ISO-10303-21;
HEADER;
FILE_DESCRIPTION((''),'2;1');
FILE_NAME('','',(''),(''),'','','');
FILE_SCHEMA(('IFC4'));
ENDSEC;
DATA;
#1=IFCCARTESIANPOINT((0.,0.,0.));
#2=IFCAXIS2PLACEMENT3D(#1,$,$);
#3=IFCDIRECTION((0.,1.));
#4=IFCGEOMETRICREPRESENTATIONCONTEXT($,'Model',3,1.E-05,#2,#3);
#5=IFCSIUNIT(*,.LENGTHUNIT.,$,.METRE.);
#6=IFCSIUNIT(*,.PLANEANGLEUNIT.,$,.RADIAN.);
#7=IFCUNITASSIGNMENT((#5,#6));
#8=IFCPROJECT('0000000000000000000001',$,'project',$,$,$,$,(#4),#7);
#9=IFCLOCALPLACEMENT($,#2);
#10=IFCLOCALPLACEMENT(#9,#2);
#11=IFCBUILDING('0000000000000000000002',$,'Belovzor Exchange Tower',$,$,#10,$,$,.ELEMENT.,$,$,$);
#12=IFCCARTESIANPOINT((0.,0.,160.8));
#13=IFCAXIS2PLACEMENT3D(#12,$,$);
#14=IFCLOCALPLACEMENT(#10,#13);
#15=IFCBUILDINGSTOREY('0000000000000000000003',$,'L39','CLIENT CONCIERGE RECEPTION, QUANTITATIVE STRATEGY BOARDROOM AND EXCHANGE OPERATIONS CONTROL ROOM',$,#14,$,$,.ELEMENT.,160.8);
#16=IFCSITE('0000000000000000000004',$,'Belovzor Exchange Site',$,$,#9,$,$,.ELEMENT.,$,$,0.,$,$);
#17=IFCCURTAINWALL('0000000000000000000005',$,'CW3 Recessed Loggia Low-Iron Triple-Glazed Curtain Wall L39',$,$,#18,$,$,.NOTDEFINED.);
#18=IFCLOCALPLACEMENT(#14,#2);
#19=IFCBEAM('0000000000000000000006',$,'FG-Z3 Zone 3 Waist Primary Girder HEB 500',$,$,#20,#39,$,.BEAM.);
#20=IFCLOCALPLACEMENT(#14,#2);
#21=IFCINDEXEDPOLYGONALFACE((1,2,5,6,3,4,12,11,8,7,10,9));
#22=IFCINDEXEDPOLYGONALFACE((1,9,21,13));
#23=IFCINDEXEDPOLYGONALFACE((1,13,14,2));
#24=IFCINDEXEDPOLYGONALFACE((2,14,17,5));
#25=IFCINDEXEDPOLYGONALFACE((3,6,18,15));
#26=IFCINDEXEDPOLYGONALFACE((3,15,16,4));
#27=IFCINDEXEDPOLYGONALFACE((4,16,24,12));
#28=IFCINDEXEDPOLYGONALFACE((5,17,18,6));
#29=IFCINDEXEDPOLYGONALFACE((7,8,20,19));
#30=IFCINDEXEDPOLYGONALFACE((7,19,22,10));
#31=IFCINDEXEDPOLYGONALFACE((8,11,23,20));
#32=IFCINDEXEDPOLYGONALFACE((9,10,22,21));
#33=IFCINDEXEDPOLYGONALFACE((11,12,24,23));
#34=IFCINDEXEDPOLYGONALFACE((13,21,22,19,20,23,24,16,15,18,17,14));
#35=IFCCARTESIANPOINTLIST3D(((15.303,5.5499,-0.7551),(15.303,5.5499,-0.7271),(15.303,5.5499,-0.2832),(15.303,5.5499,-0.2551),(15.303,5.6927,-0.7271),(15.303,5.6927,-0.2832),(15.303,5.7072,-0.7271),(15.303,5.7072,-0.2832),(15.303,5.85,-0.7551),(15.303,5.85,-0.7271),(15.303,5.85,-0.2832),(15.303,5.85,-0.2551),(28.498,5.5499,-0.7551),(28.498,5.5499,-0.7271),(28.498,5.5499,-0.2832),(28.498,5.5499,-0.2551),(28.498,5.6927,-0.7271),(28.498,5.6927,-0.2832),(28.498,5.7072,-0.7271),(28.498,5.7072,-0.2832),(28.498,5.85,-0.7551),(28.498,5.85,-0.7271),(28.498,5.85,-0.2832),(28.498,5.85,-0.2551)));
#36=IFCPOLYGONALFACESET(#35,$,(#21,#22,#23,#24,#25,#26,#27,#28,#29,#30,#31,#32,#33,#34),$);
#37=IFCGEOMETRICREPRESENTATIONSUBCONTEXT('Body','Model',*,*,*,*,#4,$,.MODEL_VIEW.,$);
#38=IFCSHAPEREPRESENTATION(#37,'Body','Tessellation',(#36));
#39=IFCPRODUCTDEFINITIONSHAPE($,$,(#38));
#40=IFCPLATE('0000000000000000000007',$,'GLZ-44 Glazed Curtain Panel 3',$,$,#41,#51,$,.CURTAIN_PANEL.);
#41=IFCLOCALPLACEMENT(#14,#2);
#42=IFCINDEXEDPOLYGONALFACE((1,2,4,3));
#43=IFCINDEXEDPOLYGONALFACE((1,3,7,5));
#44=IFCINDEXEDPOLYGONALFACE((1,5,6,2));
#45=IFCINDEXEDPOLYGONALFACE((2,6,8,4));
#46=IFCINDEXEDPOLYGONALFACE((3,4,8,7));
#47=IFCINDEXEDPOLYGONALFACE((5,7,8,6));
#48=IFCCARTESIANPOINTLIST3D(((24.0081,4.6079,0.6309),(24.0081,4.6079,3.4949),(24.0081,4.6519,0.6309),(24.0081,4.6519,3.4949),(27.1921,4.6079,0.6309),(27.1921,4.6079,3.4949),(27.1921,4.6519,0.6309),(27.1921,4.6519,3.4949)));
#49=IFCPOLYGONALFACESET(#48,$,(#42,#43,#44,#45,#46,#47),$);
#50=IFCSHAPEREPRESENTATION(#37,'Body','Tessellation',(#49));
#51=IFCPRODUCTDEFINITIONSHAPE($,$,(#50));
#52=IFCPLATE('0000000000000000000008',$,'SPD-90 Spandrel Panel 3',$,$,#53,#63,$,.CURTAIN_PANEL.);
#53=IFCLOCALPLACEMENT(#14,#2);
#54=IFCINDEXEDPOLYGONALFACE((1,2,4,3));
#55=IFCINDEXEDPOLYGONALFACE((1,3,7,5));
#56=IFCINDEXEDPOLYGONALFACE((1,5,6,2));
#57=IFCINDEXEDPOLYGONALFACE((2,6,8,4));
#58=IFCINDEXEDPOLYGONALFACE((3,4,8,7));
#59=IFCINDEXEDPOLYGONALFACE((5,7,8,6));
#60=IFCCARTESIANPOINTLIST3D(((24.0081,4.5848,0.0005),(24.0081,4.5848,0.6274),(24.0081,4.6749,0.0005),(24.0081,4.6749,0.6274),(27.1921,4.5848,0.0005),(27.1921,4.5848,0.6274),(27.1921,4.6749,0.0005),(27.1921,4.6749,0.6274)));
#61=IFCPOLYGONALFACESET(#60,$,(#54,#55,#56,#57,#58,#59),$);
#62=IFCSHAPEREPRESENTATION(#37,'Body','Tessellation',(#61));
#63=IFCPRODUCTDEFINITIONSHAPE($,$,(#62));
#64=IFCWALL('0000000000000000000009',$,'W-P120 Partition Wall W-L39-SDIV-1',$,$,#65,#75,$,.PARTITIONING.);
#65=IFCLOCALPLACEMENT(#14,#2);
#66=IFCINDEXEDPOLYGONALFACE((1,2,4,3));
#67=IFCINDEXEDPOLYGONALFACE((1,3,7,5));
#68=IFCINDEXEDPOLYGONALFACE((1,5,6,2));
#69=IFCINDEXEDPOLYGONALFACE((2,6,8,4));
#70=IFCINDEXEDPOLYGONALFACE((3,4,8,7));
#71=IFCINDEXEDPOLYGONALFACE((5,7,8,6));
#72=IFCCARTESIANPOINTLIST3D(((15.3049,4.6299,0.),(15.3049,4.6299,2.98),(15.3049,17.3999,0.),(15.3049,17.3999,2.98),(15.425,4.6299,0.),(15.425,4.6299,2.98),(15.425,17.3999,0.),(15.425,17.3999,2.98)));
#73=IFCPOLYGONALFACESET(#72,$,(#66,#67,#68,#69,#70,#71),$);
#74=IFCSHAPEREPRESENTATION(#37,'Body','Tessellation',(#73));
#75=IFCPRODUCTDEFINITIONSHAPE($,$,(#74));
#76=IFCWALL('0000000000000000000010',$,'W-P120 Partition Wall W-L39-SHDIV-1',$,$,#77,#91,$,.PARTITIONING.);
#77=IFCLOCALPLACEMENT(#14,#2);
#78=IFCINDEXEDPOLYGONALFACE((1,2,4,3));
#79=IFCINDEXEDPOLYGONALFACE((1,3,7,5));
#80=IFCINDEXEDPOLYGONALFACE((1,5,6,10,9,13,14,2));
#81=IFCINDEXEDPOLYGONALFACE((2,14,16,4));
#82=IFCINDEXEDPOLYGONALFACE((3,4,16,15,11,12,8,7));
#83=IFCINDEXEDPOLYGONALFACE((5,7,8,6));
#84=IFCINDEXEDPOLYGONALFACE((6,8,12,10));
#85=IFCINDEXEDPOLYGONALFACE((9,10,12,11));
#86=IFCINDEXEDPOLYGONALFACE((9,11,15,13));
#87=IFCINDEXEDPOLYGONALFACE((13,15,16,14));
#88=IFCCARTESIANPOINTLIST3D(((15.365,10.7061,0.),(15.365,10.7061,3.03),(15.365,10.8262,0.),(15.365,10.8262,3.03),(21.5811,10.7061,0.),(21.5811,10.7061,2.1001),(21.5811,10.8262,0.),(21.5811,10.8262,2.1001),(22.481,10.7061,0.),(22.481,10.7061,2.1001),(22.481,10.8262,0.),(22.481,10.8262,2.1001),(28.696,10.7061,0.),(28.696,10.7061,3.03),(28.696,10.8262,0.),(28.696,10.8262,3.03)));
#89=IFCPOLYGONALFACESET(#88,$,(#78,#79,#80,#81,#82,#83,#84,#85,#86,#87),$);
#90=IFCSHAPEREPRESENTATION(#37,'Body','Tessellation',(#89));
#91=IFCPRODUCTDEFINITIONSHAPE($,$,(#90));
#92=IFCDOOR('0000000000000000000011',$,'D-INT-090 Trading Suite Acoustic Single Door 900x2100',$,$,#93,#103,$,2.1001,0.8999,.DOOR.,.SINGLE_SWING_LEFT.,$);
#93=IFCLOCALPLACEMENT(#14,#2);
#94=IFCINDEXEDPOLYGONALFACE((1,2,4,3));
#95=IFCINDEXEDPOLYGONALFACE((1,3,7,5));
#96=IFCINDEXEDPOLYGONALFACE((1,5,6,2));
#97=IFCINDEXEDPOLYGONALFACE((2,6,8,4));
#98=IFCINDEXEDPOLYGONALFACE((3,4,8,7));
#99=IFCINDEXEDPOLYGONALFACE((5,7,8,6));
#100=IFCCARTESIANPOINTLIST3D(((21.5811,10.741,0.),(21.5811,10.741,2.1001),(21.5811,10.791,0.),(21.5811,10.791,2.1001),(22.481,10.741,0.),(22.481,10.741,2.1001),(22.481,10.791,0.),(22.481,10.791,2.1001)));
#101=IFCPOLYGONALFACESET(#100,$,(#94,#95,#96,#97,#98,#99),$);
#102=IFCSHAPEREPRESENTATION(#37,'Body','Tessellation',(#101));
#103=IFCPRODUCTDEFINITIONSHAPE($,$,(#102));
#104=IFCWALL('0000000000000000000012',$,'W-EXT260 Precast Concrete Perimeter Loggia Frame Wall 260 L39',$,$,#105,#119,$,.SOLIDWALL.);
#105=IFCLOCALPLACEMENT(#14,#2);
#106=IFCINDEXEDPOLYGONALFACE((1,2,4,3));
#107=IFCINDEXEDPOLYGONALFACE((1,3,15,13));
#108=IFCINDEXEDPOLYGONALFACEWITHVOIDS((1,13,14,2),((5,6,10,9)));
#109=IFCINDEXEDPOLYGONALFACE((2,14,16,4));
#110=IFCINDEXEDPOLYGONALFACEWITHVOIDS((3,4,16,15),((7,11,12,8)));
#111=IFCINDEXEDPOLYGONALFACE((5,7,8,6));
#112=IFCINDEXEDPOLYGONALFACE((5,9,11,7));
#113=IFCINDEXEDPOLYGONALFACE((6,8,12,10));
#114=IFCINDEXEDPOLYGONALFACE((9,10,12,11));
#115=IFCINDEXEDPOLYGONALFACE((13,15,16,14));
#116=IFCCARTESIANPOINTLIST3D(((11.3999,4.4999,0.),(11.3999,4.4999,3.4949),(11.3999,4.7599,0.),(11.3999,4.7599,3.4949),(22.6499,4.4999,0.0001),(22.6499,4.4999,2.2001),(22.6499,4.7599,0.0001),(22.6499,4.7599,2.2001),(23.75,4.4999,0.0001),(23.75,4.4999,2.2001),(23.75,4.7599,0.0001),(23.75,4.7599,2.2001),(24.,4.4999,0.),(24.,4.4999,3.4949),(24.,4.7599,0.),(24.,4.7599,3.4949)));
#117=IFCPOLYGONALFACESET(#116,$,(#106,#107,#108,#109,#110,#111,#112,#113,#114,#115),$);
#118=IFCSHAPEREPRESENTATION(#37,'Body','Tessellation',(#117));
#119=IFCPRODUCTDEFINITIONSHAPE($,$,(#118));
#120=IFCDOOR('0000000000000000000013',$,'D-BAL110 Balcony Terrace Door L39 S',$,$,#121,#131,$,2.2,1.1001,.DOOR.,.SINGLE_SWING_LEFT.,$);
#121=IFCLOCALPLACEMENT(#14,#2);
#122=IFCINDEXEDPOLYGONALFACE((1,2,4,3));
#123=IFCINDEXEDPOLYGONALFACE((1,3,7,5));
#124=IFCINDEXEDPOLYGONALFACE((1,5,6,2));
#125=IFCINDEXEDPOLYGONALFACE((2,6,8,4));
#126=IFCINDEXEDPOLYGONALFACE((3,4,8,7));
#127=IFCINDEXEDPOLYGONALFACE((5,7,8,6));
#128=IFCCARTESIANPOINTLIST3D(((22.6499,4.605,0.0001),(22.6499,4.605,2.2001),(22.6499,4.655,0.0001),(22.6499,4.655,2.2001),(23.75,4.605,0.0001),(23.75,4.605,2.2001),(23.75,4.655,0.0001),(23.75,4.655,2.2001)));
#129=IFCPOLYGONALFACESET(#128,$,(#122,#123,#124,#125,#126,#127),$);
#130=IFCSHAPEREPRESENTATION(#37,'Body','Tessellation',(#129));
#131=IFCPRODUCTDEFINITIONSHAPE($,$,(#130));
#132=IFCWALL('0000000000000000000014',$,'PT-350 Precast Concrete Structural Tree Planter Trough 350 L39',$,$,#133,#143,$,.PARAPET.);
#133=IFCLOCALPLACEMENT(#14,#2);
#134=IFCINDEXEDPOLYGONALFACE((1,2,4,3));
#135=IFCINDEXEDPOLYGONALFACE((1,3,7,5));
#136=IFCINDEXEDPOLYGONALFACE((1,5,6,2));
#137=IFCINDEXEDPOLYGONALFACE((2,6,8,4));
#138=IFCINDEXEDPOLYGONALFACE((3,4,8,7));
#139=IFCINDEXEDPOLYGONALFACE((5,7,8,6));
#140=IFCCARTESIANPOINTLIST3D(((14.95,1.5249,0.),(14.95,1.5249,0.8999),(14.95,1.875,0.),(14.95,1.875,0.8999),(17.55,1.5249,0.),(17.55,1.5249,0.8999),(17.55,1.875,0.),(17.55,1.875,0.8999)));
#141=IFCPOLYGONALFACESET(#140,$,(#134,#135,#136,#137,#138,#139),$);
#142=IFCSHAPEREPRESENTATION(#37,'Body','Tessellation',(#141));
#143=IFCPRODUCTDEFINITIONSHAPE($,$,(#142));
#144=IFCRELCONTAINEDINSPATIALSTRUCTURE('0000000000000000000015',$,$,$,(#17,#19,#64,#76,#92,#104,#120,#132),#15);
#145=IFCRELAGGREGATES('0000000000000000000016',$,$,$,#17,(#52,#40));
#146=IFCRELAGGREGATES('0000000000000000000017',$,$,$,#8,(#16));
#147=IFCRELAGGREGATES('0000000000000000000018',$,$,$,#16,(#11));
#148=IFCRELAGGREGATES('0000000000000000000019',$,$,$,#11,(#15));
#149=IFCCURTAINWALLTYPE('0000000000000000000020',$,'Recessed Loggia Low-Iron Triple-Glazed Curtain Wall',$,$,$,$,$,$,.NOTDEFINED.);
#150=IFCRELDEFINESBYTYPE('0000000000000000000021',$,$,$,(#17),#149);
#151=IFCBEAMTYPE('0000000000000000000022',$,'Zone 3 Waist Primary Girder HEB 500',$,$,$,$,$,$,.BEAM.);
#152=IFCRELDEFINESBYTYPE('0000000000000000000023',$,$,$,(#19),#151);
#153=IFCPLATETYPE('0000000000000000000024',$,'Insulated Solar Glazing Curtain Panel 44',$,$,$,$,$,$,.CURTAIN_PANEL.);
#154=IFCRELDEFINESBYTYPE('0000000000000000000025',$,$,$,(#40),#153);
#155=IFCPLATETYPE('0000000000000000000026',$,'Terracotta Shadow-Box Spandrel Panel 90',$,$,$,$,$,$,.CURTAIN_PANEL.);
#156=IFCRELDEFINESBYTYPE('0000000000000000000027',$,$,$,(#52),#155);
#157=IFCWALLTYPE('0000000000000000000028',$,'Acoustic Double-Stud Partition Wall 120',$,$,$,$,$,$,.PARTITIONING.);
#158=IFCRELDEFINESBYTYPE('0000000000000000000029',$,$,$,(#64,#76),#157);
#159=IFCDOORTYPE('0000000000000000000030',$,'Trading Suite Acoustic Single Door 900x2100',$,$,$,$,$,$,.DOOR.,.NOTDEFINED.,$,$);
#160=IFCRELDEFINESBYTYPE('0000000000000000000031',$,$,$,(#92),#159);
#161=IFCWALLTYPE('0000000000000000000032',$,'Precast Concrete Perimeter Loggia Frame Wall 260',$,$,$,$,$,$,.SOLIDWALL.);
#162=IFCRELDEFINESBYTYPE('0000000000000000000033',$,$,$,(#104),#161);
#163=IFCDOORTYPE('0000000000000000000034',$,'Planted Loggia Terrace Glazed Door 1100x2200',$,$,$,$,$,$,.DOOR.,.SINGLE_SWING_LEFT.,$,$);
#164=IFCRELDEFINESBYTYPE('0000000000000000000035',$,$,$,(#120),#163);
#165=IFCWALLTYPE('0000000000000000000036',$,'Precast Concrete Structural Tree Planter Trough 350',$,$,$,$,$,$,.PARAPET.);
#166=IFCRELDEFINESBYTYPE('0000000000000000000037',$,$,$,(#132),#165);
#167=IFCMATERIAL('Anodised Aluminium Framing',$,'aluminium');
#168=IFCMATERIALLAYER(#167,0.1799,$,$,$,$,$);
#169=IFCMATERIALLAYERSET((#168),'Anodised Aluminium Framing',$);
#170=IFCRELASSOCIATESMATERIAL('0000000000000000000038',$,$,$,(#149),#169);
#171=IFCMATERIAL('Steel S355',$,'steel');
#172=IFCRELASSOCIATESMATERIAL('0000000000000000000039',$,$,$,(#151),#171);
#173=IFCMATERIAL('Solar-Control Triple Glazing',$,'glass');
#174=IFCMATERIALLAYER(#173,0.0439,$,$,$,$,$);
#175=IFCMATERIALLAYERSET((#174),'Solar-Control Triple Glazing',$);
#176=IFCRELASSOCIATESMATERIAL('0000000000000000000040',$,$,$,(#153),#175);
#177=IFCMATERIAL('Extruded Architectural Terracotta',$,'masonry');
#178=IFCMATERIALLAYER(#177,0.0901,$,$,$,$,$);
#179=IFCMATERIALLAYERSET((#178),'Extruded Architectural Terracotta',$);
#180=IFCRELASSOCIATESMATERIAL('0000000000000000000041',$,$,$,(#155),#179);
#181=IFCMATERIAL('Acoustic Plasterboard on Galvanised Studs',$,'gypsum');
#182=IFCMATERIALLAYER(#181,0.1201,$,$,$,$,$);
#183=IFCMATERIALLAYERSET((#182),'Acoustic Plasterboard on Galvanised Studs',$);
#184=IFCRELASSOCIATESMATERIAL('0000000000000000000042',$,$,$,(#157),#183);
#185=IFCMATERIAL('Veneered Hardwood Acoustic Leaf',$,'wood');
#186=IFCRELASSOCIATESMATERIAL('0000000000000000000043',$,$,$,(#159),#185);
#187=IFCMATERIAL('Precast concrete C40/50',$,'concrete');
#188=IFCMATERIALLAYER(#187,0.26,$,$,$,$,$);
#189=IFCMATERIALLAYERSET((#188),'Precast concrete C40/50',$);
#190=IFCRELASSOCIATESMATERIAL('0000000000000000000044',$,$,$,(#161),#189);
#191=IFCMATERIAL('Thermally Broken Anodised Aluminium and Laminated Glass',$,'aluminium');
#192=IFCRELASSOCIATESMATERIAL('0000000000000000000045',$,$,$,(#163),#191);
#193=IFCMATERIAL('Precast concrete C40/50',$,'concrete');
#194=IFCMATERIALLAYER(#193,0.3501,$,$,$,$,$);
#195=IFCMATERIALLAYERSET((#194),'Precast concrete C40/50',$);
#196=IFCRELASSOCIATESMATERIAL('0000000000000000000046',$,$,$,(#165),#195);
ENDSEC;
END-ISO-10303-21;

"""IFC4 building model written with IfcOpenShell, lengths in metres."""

from ifc_helpers import new_model, si_unit, direction, frame, frame_2d, origin, origin_2d, place, context, subcontext, project, spatial, rectangle, i_section, extrude, material, layer, layer_set, material_profile, profile_set, type_object, element, fill, aggregate, save


model = new_model("IFC4")

# Units and contexts
model_context = context("Model", 3, precision=1e-05, world=origin(), true_north=direction((0.0, 1.0)))
body_context = subcontext(model_context, "Body", "Model", "MODEL_VIEW")
ifc_project = project(units=[si_unit("LENGTHUNIT", "METRE"), si_unit("PLANEANGLEUNIT", "RADIAN")], contexts=[model_context])

# Site, building, storey
site_placement = place(None, origin())
site = spatial("IfcSite", under=ifc_project, at=site_placement, Name="Belovzor Exchange Site", CompositionType="ELEMENT", RefElevation=0.0)
building_placement = place(site_placement, origin())
building = spatial("IfcBuilding", under=site, at=building_placement, Name="Belovzor Exchange Tower", CompositionType="ELEMENT")
storey_placement = place(building_placement, frame((0.0, 0.0, 160.8)))
storey = spatial("IfcBuildingStorey", under=building, at=storey_placement, Name="L39", Description="CLIENT CONCIERGE RECEPTION, QUANTITATIVE STRATEGY BOARDROOM AND EXCHANGE OPERATIONS CONTROL ROOM", CompositionType="ELEMENT", Elevation=160.8)

# Curtain wall
ifc_material_1 = material(Name="Anodised Aluminium Framing", Category="aluminium")
ifc_layer_1 = layer(ifc_material_1, 0.1799)
ifc_layer_set_1 = layer_set([ifc_layer_1], Name="Anodised Aluminium Framing")
curtain_wall_type = type_object("IfcCurtainWallType", Name="Recessed Loggia Low-Iron Triple-Glazed Curtain Wall", PredefinedType="NOTDEFINED", material=ifc_layer_set_1)
curtain_wall_placement = place(storey_placement, origin())
curtain_wall = element("IfcCurtainWall", 1, at=curtain_wall_placement, inside=storey, type_object=curtain_wall_type, Name="CW3 Recessed Loggia Low-Iron Triple-Glazed Curtain Wall L39", PredefinedType="NOTDEFINED")

# Beam
ifc_material_2 = material(Name="Steel S355", Category="steel")
ifc_material_profile_1 = material_profile(ifc_material_2, i_section(OverallWidth=0.3, OverallDepth=0.5, WebThickness=0.0144, FlangeThickness=0.0281, at=origin_2d()))
ifc_profile_set_1 = profile_set([ifc_material_profile_1], Name="Steel S355")
beam_type_1 = type_object("IfcBeamType", Name="Zone 3 Waist Primary Girder HEB 500", PredefinedType="BEAM", material=ifc_profile_set_1)
beam_1_placement = place(storey_placement, frame((15.303, 5.7, -0.5051), z_axis=(1.0, 0.0, 0.0), x_axis=(0.0, 1.0, 0.0)))
element("IfcBeam", 2, at=beam_1_placement, inside=storey, type_object=beam_type_1, Name="FG-Z3 Zone 3 Waist Primary Girder HEB 500", PredefinedType="BEAM", context=body_context, shape_type="SweptSolid", body=[
    extrude(i_section(OverallWidth=0.3, OverallDepth=0.5, WebThickness=0.0144, FlangeThickness=0.0281, at=origin_2d()), origin(), (0.0, 0.0, 1.0), 13.1951),
])

# Plates
ifc_material_3 = material(Name="Solar-Control Triple Glazing", Category="glass")
ifc_layer_2 = layer(ifc_material_3, 0.0439)
ifc_layer_set_2 = layer_set([ifc_layer_2], Name="Solar-Control Triple Glazing")
plate_type_1 = type_object("IfcPlateType", Name="Insulated Solar Glazing Curtain Panel 44", PredefinedType="CURTAIN_PANEL", material=ifc_layer_set_2)
plate_1_placement = place(storey_placement, frame((25.6001, 4.6299, 0.6309), z_axis=(0.0, 0.0, 1.0), x_axis=(-1.0, 0.0, 0.0)))
plate_1 = element("IfcPlate", 3, at=plate_1_placement, type_object=plate_type_1, Name="GLZ-44 Glazed Curtain Panel 3", PredefinedType="CURTAIN_PANEL", context=body_context, shape_type="SweptSolid", body=[
    extrude(rectangle(XDim=3.1841, YDim=0.0439, at=origin_2d()), origin(), (0.0, 0.0, 1.0), 2.864),
])
ifc_material_4 = material(Name="Extruded Architectural Terracotta", Category="masonry")
ifc_layer_3 = layer(ifc_material_4, 0.0901)
ifc_layer_set_3 = layer_set([ifc_layer_3], Name="Extruded Architectural Terracotta")
plate_type_2 = type_object("IfcPlateType", Name="Terracotta Shadow-Box Spandrel Panel 90", PredefinedType="CURTAIN_PANEL", material=ifc_layer_set_3)
plate_2_placement = place(storey_placement, frame((25.6001, 4.6299, 0.0005), z_axis=(0.0, 0.0, 1.0), x_axis=(-1.0, 0.0, 0.0)))
plate_2 = element("IfcPlate", 4, at=plate_2_placement, type_object=plate_type_2, Name="SPD-90 Spandrel Panel 3", PredefinedType="CURTAIN_PANEL", context=body_context, shape_type="SweptSolid", body=[
    extrude(rectangle(XDim=3.1841, YDim=0.0901, at=origin_2d()), origin(), (0.0, 0.0, 1.0), 0.627),
])
aggregate(curtain_wall, [plate_2, plate_1])

# Wall
ifc_material_5 = material(Name="Acoustic Plasterboard on Galvanised Studs", Category="gypsum")
ifc_layer_4 = layer(ifc_material_5, 0.1201)
ifc_layer_set_4 = layer_set([ifc_layer_4], Name="Acoustic Plasterboard on Galvanised Studs")
wall_type_1 = type_object("IfcWallType", Name="Acoustic Double-Stud Partition Wall 120", PredefinedType="PARTITIONING", material=ifc_layer_set_4)
wall_1_placement = place(storey_placement, frame((15.365, 4.6299, 0.0), z_axis=(0.0, 0.0, 1.0), x_axis=(0.0, 1.0, 0.0)))
element("IfcWall", 5, at=wall_1_placement, inside=storey, type_object=wall_type_1, Name="W-P120 Partition Wall W-L39-SDIV-1", PredefinedType="PARTITIONING", context=body_context, shape_type="SweptSolid", body=[
    extrude(rectangle(XDim=12.77, YDim=0.1201, at=frame_2d((6.385, 0.0))), origin(), (0.0, 0.0, 1.0), 2.98),
])

# Walls, openings, doors
wall_2_placement = place(storey_placement, frame((15.365, 10.7661, 0.0), z_axis=(0.0, 0.0, 1.0), x_axis=(1.0, 0.0, 0.0)))
wall_2 = element("IfcWall", 6, at=wall_2_placement, inside=storey, type_object=wall_type_1, Name="W-P120 Partition Wall W-L39-SHDIV-1", PredefinedType="PARTITIONING", context=body_context, shape_type="SweptSolid", body=[
    extrude(rectangle(XDim=13.3311, YDim=0.1201, at=frame_2d((6.6655, 0.0))), origin(), (0.0, 0.0, 1.0), 3.03),
])
opening_1_placement = place(wall_2_placement, frame((6.2161, 0.0, 0.0)))
opening_1 = element("IfcOpeningElement", 7, at=opening_1_placement, cuts=wall_2, PredefinedType="OPENING", context=body_context, shape_type="SweptSolid", body=[
    extrude(rectangle(XDim=0.8999, YDim=2.1001, at=frame_2d((0.45, 1.05))), frame((0.0, 0.0701, 0.0), z_axis=(0.0, -1.0, 0.0), x_axis=(1.0, 0.0, 0.0)), (0.0, 0.0, 1.0), 0.1401),
])
ifc_material_6 = material(Name="Veneered Hardwood Acoustic Leaf", Category="wood")
door_type_1 = type_object("IfcDoorType", Name="Trading Suite Acoustic Single Door 900x2100", OperationType="NOTDEFINED", PredefinedType="DOOR", material=ifc_material_6)
door_1_placement = place(opening_1_placement, origin())
door_1 = element("IfcDoor", 8, at=door_1_placement, inside=storey, type_object=door_type_1, Name="D-INT-090 Trading Suite Acoustic Single Door 900x2100", OperationType="SINGLE_SWING_LEFT", OverallHeight=2.1001, OverallWidth=0.8999, PredefinedType="DOOR", context=body_context, shape_type="SweptSolid", body=[
    extrude(rectangle(XDim=0.8999, YDim=2.1001, at=frame_2d((0.45, 1.05))), frame((0.0, 0.0249, 0.0), z_axis=(0.0, -1.0, 0.0), x_axis=(1.0, 0.0, 0.0)), (0.0, 0.0, 1.0), 0.05),
])
fill(opening_1, door_1)
ifc_material_7 = material(Name="Precast concrete C40/50", Category="concrete")
ifc_layer_5 = layer(ifc_material_7, 0.26)
ifc_layer_set_5 = layer_set([ifc_layer_5], Name="Precast concrete C40/50")
wall_type_2 = type_object("IfcWallType", Name="Precast Concrete Perimeter Loggia Frame Wall 260", PredefinedType="SOLIDWALL", material=ifc_layer_set_5)
wall_3_placement = place(storey_placement, frame((24.0, 4.6299, 0.0), z_axis=(0.0, 0.0, 1.0), x_axis=(-1.0, 0.0, 0.0)))
wall_3 = element("IfcWall", 9, at=wall_3_placement, inside=storey, type_object=wall_type_2, Name="W-EXT260 Precast Concrete Perimeter Loggia Frame Wall 260 L39", PredefinedType="SOLIDWALL", context=body_context, shape_type="SweptSolid", body=[
    extrude(rectangle(XDim=12.6001, YDim=0.26, at=frame_2d((6.3, 0.0))), origin(), (0.0, 0.0, 1.0), 3.4949),
])
opening_2_placement = place(wall_3_placement, frame((0.25, 0.0, 0.0)))
opening_2 = element("IfcOpeningElement", 10, at=opening_2_placement, cuts=wall_3, PredefinedType="OPENING", context=body_context, shape_type="SweptSolid", body=[
    extrude(rectangle(XDim=1.1001, YDim=2.2, at=frame_2d((0.55, 1.1001))), frame((0.0, 0.1399, 0.0), z_axis=(0.0, -1.0, 0.0), x_axis=(1.0, 0.0, 0.0)), (0.0, 0.0, 1.0), 0.28),
])
ifc_material_8 = material(Name="Thermally Broken Anodised Aluminium and Laminated Glass", Category="aluminium")
door_type_2 = type_object("IfcDoorType", Name="Planted Loggia Terrace Glazed Door 1100x2200", OperationType="SINGLE_SWING_LEFT", PredefinedType="DOOR", material=ifc_material_8)
door_2_placement = place(opening_2_placement, origin())
door_2 = element("IfcDoor", 11, at=door_2_placement, inside=storey, type_object=door_type_2, Name="D-BAL110 Balcony Terrace Door L39 S", OperationType="SINGLE_SWING_LEFT", OverallHeight=2.2, OverallWidth=1.1001, PredefinedType="DOOR", context=body_context, shape_type="SweptSolid", body=[
    extrude(rectangle(XDim=1.1001, YDim=2.2, at=frame_2d((0.55, 1.1001))), frame((0.0, 0.0249, 0.0), z_axis=(0.0, -1.0, 0.0), x_axis=(1.0, 0.0, 0.0)), (0.0, 0.0, 1.0), 0.05),
])
fill(opening_2, door_2)

# Wall
ifc_material_9 = material(Name="Precast concrete C40/50", Category="concrete")
ifc_layer_6 = layer(ifc_material_9, 0.3501)
ifc_layer_set_6 = layer_set([ifc_layer_6], Name="Precast concrete C40/50")
wall_type_3 = type_object("IfcWallType", Name="Precast Concrete Structural Tree Planter Trough 350", PredefinedType="PARAPET", material=ifc_layer_set_6)
wall_4_placement = place(storey_placement, frame((14.95, 1.7, 0.0), z_axis=(0.0, 0.0, 1.0), x_axis=(1.0, 0.0, 0.0)))
element("IfcWall", 12, at=wall_4_placement, inside=storey, type_object=wall_type_3, Name="PT-350 Precast Concrete Structural Tree Planter Trough 350 L39", PredefinedType="PARAPET", context=body_context, shape_type="SweptSolid", body=[
    extrude(rectangle(XDim=2.6001, YDim=0.3501, at=frame_2d((1.3, 0.0))), origin(), (0.0, 0.0, 1.0), 0.8999),
])

save(model, "model.ifc")
